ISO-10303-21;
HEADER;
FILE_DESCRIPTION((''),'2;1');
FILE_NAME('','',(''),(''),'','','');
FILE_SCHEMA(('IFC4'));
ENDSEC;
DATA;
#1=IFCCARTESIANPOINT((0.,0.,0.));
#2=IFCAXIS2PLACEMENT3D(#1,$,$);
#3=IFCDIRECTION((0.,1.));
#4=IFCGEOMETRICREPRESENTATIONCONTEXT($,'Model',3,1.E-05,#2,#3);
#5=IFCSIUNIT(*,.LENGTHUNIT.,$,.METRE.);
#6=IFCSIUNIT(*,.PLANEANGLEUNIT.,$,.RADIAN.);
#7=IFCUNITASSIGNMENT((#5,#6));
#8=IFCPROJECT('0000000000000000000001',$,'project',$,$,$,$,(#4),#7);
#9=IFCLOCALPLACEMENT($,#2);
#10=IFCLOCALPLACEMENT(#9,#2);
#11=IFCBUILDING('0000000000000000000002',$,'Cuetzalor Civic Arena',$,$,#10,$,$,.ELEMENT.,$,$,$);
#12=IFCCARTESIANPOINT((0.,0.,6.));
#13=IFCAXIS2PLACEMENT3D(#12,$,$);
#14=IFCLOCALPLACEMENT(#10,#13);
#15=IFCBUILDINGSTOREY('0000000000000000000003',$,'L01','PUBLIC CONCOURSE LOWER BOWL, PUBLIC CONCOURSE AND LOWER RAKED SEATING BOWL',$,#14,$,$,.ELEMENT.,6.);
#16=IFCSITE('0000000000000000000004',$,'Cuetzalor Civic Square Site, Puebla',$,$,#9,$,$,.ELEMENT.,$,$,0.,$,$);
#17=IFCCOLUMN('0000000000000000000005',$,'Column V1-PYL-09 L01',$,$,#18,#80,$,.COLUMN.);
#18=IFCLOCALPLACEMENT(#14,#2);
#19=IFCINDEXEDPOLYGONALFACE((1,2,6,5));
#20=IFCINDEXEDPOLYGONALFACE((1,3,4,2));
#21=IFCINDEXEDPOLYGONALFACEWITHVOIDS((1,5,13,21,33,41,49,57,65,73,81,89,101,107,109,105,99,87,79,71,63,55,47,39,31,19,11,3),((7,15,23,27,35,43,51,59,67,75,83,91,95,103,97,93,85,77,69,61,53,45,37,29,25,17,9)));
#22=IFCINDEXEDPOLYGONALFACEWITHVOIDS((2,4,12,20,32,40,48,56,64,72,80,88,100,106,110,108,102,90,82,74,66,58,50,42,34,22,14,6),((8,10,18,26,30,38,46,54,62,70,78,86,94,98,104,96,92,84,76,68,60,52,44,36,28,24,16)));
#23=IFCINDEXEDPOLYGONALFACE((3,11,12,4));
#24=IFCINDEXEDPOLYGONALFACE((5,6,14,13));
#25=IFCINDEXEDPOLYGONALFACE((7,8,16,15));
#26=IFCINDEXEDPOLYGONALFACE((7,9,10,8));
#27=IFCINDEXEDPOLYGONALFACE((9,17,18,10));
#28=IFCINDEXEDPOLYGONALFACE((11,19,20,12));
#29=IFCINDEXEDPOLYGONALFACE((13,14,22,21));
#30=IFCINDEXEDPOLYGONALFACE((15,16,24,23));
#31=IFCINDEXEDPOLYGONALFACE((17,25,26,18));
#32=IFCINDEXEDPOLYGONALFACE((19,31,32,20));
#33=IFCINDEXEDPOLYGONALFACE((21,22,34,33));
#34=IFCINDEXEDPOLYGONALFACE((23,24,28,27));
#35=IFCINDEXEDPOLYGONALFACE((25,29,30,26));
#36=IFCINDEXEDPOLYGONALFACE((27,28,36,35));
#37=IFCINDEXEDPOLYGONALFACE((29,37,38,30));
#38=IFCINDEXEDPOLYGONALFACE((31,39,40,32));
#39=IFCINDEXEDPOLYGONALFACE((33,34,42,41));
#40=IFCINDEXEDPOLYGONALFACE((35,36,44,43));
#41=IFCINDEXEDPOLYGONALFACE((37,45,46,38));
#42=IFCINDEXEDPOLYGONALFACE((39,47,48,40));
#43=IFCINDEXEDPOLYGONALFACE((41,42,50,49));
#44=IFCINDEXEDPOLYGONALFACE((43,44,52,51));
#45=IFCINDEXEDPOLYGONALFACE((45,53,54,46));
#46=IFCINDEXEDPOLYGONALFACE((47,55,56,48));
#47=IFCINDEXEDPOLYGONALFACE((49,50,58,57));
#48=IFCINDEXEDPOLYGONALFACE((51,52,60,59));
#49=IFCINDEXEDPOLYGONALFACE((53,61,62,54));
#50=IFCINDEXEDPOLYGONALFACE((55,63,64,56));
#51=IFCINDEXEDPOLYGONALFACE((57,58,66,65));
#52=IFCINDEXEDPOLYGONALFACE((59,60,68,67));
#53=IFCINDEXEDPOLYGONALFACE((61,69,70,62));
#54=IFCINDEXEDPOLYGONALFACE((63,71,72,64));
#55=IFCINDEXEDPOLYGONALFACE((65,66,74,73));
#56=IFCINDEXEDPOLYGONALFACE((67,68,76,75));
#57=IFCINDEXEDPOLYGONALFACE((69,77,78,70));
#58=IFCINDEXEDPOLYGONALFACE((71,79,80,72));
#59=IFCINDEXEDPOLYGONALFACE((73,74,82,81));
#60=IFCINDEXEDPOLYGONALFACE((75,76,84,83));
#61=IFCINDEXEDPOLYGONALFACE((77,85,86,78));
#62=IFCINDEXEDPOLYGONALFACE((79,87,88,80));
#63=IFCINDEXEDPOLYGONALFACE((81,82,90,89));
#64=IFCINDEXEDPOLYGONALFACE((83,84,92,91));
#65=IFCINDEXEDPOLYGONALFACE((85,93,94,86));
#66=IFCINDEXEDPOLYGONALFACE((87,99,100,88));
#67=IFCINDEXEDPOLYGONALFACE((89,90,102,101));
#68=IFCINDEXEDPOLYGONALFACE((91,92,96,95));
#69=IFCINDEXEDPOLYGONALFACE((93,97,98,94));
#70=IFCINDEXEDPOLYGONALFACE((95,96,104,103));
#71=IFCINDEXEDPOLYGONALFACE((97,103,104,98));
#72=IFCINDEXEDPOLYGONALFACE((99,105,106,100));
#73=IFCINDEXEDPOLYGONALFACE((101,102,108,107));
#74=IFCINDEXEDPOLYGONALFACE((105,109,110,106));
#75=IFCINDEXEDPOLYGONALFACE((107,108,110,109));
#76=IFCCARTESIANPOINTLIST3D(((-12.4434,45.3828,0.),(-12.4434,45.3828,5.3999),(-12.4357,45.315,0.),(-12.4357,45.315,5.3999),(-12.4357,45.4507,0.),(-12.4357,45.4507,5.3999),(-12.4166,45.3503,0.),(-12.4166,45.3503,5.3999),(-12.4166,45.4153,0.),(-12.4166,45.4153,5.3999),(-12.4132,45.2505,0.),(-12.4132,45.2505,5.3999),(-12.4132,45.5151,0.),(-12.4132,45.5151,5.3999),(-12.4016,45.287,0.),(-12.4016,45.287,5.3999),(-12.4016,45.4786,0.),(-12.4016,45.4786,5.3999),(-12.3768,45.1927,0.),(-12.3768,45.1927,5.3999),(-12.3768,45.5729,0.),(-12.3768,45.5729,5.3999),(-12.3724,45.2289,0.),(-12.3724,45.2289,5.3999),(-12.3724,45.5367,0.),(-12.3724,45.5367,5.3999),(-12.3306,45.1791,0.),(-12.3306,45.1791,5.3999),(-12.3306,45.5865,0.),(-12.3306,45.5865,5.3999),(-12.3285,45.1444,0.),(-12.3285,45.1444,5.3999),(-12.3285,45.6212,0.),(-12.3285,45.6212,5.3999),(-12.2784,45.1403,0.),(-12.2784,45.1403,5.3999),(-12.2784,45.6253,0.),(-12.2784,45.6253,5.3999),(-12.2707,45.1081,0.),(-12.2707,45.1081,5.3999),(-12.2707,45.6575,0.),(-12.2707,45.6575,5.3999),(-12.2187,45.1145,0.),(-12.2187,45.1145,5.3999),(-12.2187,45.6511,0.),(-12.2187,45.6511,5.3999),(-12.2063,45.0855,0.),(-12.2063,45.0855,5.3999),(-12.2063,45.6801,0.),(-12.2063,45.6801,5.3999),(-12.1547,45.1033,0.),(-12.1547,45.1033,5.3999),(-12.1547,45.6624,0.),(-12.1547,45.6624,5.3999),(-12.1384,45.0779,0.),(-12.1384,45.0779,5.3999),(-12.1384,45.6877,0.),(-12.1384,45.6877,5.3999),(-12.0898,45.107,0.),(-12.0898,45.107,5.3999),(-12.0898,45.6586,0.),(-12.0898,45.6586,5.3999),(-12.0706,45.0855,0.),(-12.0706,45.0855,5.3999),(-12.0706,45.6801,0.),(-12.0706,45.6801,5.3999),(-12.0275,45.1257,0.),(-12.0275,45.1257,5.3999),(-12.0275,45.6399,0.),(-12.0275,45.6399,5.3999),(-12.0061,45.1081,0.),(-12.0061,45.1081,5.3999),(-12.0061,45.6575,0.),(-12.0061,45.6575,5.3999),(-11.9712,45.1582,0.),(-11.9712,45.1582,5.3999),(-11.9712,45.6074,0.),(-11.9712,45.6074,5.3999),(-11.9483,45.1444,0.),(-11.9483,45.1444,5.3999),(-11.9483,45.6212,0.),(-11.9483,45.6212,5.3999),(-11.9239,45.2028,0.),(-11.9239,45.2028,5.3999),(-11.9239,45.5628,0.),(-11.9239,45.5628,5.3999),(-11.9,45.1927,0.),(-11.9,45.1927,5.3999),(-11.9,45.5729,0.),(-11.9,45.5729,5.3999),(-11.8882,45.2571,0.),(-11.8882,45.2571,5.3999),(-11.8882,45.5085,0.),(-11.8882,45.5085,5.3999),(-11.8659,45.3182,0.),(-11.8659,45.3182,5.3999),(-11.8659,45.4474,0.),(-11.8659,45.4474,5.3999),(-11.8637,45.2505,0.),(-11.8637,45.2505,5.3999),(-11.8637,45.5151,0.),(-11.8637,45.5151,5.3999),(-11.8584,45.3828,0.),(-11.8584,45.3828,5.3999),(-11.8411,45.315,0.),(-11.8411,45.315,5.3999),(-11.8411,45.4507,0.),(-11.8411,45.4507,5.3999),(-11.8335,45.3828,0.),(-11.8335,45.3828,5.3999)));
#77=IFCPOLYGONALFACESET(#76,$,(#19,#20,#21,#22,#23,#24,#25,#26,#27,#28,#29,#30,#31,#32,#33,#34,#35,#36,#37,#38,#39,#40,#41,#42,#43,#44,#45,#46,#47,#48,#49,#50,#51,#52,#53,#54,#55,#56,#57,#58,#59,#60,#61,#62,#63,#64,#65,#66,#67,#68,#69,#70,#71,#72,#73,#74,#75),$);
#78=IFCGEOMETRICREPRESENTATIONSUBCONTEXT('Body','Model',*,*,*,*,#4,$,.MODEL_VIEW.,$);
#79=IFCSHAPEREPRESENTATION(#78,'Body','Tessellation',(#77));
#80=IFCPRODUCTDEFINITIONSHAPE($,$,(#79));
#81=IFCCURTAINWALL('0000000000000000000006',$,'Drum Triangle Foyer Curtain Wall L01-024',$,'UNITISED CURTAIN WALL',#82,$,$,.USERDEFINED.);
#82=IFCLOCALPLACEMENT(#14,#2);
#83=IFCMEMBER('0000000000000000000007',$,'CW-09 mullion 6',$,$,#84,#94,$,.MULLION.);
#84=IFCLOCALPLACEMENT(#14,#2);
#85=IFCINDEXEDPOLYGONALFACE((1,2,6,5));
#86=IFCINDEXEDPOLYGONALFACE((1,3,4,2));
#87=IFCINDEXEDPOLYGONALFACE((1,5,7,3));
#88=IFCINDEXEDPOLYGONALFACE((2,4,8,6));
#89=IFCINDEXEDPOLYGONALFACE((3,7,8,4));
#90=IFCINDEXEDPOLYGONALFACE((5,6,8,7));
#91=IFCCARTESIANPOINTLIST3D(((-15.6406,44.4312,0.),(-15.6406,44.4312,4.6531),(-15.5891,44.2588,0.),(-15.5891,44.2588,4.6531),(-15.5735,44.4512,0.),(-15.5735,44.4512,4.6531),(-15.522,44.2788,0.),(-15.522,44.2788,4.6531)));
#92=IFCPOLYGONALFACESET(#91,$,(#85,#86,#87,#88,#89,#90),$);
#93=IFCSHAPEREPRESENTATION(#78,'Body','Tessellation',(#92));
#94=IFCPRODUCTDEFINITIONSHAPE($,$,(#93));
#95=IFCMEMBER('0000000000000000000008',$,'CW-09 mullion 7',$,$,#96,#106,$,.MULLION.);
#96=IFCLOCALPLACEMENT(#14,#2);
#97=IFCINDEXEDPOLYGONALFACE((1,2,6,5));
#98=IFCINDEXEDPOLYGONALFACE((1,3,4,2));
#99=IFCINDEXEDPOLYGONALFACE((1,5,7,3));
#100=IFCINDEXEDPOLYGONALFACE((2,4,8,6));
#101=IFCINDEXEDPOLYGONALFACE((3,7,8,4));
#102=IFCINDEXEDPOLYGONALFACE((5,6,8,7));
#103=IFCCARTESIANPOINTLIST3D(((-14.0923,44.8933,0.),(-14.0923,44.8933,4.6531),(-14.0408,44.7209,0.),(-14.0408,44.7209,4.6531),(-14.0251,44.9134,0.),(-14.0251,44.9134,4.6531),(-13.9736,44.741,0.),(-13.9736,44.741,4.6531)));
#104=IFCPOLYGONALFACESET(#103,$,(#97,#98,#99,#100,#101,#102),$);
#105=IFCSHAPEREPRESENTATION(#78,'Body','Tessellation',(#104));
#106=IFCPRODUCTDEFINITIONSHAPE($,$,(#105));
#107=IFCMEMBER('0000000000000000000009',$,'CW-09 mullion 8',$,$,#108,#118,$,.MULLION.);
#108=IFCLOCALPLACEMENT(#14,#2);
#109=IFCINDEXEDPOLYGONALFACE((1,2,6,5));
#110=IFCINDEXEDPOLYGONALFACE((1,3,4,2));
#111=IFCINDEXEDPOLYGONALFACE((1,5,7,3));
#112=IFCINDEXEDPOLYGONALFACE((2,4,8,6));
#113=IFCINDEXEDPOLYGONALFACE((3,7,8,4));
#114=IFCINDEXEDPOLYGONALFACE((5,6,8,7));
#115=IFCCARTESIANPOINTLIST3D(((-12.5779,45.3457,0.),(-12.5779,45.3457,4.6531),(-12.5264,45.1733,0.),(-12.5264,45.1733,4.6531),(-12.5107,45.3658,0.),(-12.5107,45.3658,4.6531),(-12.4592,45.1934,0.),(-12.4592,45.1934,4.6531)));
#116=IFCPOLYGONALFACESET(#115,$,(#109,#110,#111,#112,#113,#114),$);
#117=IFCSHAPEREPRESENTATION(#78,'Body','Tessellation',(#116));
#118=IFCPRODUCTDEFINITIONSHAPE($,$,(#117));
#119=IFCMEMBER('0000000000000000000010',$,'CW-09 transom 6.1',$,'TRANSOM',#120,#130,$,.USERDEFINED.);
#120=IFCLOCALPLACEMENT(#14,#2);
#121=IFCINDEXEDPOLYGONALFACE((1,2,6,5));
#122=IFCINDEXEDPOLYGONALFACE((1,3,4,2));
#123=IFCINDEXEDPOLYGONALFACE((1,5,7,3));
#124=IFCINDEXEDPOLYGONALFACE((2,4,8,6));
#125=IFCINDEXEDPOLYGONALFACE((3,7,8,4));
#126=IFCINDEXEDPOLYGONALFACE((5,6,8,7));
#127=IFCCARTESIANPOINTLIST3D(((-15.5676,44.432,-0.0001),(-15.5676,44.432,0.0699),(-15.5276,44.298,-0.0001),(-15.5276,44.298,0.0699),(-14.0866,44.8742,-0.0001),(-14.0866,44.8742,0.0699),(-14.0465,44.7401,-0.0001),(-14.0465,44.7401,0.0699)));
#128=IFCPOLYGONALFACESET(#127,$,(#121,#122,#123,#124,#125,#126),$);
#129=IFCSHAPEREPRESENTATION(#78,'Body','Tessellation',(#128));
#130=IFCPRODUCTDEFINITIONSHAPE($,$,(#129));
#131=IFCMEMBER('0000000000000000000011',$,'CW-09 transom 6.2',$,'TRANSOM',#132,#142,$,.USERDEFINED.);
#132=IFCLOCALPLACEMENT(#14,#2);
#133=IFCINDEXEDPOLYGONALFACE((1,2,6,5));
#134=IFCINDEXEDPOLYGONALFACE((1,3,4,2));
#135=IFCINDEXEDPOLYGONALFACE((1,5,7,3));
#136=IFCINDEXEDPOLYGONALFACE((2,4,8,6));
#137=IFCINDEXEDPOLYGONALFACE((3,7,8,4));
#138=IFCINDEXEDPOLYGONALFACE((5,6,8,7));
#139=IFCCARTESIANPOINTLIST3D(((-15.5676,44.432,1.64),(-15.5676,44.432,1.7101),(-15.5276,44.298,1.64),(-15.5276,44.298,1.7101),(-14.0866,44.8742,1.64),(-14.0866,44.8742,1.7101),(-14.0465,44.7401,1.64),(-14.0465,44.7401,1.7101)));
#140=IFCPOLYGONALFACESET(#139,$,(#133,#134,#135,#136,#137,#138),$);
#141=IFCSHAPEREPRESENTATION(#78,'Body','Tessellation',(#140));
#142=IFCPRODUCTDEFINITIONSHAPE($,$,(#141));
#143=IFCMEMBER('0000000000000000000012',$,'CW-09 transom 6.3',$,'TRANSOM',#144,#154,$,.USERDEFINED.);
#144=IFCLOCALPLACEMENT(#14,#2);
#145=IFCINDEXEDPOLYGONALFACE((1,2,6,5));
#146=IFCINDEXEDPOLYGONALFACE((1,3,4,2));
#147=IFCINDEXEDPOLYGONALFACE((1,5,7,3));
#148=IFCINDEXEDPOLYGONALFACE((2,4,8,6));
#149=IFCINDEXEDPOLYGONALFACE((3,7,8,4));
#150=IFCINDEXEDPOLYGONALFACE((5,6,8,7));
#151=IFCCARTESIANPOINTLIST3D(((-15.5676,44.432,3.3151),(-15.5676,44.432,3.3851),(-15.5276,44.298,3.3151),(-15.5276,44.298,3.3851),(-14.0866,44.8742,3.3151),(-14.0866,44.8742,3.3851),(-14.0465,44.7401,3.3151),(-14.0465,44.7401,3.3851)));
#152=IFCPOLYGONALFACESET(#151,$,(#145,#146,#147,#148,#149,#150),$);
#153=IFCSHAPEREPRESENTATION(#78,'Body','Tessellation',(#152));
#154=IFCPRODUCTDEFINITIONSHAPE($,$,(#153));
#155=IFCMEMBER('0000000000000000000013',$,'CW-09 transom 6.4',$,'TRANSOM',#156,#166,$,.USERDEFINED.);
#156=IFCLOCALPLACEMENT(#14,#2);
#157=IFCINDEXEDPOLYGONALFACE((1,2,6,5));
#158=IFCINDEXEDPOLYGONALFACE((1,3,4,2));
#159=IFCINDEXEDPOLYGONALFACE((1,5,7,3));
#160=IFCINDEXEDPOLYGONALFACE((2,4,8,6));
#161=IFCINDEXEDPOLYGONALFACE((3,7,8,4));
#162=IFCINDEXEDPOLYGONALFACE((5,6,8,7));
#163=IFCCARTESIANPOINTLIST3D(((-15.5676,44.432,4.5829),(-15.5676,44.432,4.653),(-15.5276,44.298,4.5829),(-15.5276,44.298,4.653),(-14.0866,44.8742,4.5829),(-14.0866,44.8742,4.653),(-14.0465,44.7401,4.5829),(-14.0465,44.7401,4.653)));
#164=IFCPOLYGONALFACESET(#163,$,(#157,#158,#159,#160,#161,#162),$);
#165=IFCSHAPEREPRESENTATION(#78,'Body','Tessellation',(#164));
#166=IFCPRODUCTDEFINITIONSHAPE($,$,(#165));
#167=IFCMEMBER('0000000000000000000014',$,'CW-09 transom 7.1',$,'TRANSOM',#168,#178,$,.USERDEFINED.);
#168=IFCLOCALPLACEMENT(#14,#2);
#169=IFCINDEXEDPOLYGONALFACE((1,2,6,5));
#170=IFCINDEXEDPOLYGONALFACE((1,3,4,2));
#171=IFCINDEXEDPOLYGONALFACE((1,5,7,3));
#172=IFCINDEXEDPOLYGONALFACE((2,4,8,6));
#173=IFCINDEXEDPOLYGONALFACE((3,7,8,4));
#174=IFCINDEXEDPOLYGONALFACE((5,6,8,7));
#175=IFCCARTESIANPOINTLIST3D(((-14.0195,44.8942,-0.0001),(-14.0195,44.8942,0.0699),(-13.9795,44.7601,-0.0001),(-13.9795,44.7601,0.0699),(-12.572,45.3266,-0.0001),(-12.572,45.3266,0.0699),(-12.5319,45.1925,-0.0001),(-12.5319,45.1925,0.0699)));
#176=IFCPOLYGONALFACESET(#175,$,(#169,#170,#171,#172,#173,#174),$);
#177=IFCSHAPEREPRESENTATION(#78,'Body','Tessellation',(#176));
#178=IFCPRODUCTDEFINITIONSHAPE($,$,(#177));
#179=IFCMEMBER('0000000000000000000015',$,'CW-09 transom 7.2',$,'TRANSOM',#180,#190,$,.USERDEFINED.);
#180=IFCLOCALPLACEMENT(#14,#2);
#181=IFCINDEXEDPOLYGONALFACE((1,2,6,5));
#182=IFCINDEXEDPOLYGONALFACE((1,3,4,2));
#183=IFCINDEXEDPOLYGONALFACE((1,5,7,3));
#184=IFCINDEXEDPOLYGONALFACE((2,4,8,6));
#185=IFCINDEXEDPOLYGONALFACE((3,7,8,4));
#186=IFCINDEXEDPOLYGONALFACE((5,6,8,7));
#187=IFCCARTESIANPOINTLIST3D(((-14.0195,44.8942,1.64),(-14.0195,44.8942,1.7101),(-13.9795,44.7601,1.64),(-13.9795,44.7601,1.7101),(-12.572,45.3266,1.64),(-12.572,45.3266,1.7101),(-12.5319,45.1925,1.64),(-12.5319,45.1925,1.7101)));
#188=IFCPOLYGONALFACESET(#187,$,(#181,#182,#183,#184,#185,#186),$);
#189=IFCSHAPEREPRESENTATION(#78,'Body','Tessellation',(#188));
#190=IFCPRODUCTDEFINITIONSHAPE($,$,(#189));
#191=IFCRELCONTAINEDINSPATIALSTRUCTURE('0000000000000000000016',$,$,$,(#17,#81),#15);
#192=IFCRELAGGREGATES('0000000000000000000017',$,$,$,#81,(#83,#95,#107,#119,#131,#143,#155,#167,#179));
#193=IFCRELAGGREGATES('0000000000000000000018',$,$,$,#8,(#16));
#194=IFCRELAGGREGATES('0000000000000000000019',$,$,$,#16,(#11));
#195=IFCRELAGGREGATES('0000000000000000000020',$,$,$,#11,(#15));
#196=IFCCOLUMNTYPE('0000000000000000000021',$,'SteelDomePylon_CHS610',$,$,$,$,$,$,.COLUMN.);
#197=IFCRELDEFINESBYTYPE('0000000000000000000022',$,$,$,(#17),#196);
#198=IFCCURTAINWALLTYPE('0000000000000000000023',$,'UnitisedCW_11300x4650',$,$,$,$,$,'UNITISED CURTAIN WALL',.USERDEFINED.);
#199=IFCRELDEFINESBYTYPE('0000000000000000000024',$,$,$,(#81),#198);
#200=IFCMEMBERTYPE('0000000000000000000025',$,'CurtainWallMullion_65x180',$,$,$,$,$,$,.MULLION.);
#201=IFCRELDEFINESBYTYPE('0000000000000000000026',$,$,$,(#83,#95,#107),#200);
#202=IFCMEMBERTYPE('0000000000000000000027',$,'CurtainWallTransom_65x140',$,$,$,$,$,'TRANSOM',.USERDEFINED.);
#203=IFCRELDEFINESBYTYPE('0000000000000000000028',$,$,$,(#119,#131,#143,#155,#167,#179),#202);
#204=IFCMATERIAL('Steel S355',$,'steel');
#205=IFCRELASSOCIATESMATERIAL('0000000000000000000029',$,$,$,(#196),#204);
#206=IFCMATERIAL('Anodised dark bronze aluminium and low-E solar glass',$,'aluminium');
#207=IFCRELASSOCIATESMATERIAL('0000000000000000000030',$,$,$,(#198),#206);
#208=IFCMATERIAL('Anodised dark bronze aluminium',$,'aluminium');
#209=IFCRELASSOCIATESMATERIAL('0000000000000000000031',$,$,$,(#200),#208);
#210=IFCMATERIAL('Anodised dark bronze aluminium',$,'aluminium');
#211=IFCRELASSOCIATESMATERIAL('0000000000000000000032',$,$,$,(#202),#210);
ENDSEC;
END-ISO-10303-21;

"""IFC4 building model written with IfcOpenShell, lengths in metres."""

from ifc_helpers import new_model, si_unit, direction, frame, origin, origin_2d, place, context, subcontext, project, spatial, rectangle, hollow_circle, extrude, material, material_profile, profile_set, type_object, element, aggregate, save


model = new_model("IFC4")

# Units and contexts
model_context = context("Model", 3, precision=1e-05, world=origin(), true_north=direction((0.0, 1.0)))
body_context = subcontext(model_context, "Body", "Model", "MODEL_VIEW")
ifc_project = project(units=[si_unit("LENGTHUNIT", "METRE"), si_unit("PLANEANGLEUNIT", "RADIAN")], contexts=[model_context])

# Site, building, storey
site_placement = place(None, origin())
site = spatial("IfcSite", under=ifc_project, at=site_placement, Name="Cuetzalor Civic Square Site, Puebla", CompositionType="ELEMENT", RefElevation=0.0)
building_placement = place(site_placement, origin())
building = spatial("IfcBuilding", under=site, at=building_placement, Name="Cuetzalor Civic Arena", CompositionType="ELEMENT")
storey_placement = place(building_placement, frame((0.0, 0.0, 6.0)))
storey = spatial("IfcBuildingStorey", under=building, at=storey_placement, Name="L01", Description="PUBLIC CONCOURSE LOWER BOWL, PUBLIC CONCOURSE AND LOWER RAKED SEATING BOWL", CompositionType="ELEMENT", Elevation=6.0)

# Column
ifc_material_1 = material(Name="Steel S355", Category="steel")
ifc_material_profile_1 = material_profile(ifc_material_1, hollow_circle(Radius=0.3049, WallThickness=0.0249, at=origin_2d()), Name="CHS 610x25")
ifc_profile_set_1 = profile_set([ifc_material_profile_1], Name="Steel S355")
column_type = type_object("IfcColumnType", Name="SteelDomePylon_CHS610", PredefinedType="COLUMN", material=ifc_profile_set_1)
column_placement = place(storey_placement, frame((-12.1384, 45.3828, 0.0), z_axis=(0.0, 0.0, 1.0), x_axis=(1.0, 0.0, 0.0)))
element("IfcColumn", 1, at=column_placement, inside=storey, type_object=column_type, Name="Column V1-PYL-09 L01", PredefinedType="COLUMN", context=body_context, shape_type="SweptSolid", body=[
    extrude(hollow_circle(Radius=0.3049, WallThickness=0.0249, at=origin_2d()), origin(), (0.0, 0.0, 1.0), 5.3999),
])

# Curtain wall, members
ifc_material_2 = material(Name="Anodised dark bronze aluminium and low-E solar glass", Category="aluminium")
curtain_wall_type = type_object("IfcCurtainWallType", Name="UnitisedCW_11300x4650", ElementType="UNITISED CURTAIN WALL", PredefinedType="USERDEFINED", material=ifc_material_2)
curtain_wall_placement = place(storey_placement, origin())
curtain_wall = element("IfcCurtainWall", 2, at=curtain_wall_placement, inside=storey, type_object=curtain_wall_type, Name="Drum Triangle Foyer Curtain Wall L01-024", ObjectType="UNITISED CURTAIN WALL", PredefinedType="USERDEFINED")
ifc_material_3 = material(Name="Anodised dark bronze aluminium", Category="aluminium")
ifc_material_profile_2 = material_profile(ifc_material_3, rectangle(XDim=0.0701, YDim=0.1799, at=origin_2d()), Name="ALU MULLION 70x180")
ifc_profile_set_2 = profile_set([ifc_material_profile_2], Name="Anodised dark bronze aluminium")
member_type_1 = type_object("IfcMemberType", Name="CurtainWallMullion_65x180", PredefinedType="MULLION", material=ifc_profile_set_2)
member_1_placement = place(storey_placement, frame((-15.5813, 44.355, 0.0), z_axis=(0.0, 0.0, 1.0), x_axis=(0.958194, 0.28612, 0.0)))
member_1 = element("IfcMember", 3, at=member_1_placement, type_object=member_type_1, Name="CW-09 mullion 6", PredefinedType="MULLION", context=body_context, shape_type="SweptSolid", body=[
    extrude(rectangle(XDim=0.0701, YDim=0.1799, at=origin_2d()), origin(), (0.0, 0.0, 1.0), 4.6531),
])
member_2_placement = place(storey_placement, frame((-14.033, 44.8171, 0.0), z_axis=(0.0, 0.0, 1.0), x_axis=(0.958194, 0.28612, 0.0)))
member_2 = element("IfcMember", 4, at=member_2_placement, type_object=member_type_1, Name="CW-09 mullion 7", PredefinedType="MULLION", context=body_context, shape_type="SweptSolid", body=[
    extrude(rectangle(XDim=0.0701, YDim=0.1799, at=origin_2d()), origin(), (0.0, 0.0, 1.0), 4.6531),
])
member_3_placement = place(storey_placement, frame((-12.5186, 45.2695, 0.0), z_axis=(0.0, 0.0, 1.0), x_axis=(0.958194, 0.28612, 0.0)))
member_3 = element("IfcMember", 5, at=member_3_placement, type_object=member_type_1, Name="CW-09 mullion 8", PredefinedType="MULLION", context=body_context, shape_type="SweptSolid", body=[
    extrude(rectangle(XDim=0.0701, YDim=0.1799, at=origin_2d()), origin(), (0.0, 0.0, 1.0), 4.6531),
])
ifc_material_4 = material(Name="Anodised dark bronze aluminium", Category="aluminium")
ifc_material_profile_3 = material_profile(ifc_material_4, rectangle(XDim=0.1399, YDim=0.0701, at=origin_2d()), Name="ALU TRANSOM 70x140")
ifc_profile_set_3 = profile_set([ifc_material_profile_3], Name="Anodised dark bronze aluminium")
member_type_2 = type_object("IfcMemberType", Name="CurtainWallTransom_65x140", ElementType="TRANSOM", PredefinedType="USERDEFINED", material=ifc_profile_set_3)
member_4_placement = place(storey_placement, frame((-15.5476, 44.365, 0.0349), z_axis=(0.958208, 0.286072, 0.0), x_axis=(-0.286072, 0.958208, 0.0)))
member_4 = element("IfcMember", 6, at=member_4_placement, type_object=member_type_2, Name="CW-09 transom 6.1", ObjectType="TRANSOM", PredefinedType="USERDEFINED", context=body_context, shape_type="SweptSolid", body=[
    extrude(rectangle(XDim=0.1399, YDim=0.0701, at=origin_2d()), origin(), (0.0, 0.0, 1.0), 1.5457),
])
member_5_placement = place(storey_placement, frame((-15.5476, 44.365, 1.675), z_axis=(0.958208, 0.286072, 0.0), x_axis=(-0.286072, 0.958208, 0.0)))
member_5 = element("IfcMember", 7, at=member_5_placement, type_object=member_type_2, Name="CW-09 transom 6.2", ObjectType="TRANSOM", PredefinedType="USERDEFINED", context=body_context, shape_type="SweptSolid", body=[
    extrude(rectangle(XDim=0.1399, YDim=0.0701, at=origin_2d()), origin(), (0.0, 0.0, 1.0), 1.5457),
])
member_6_placement = place(storey_placement, frame((-15.5476, 44.365, 3.3501), z_axis=(0.958208, 0.286072, 0.0), x_axis=(-0.286072, 0.958208, 0.0)))
member_6 = element("IfcMember", 8, at=member_6_placement, type_object=member_type_2, Name="CW-09 transom 6.3", ObjectType="TRANSOM", PredefinedType="USERDEFINED", context=body_context, shape_type="SweptSolid", body=[
    extrude(rectangle(XDim=0.1399, YDim=0.0701, at=origin_2d()), origin(), (0.0, 0.0, 1.0), 1.5457),
])
member_7_placement = place(storey_placement, frame((-15.5476, 44.365, 4.6179), z_axis=(0.958208, 0.286072, 0.0), x_axis=(-0.286072, 0.958208, 0.0)))
member_7 = element("IfcMember", 9, at=member_7_placement, type_object=member_type_2, Name="CW-09 transom 6.4", ObjectType="TRANSOM", PredefinedType="USERDEFINED", context=body_context, shape_type="SweptSolid", body=[
    extrude(rectangle(XDim=0.1399, YDim=0.0701, at=origin_2d()), origin(), (0.0, 0.0, 1.0), 1.5457),
])
member_8_placement = place(storey_placement, frame((-13.9995, 44.8271, 0.0349), z_axis=(0.958168, 0.286206, 0.0), x_axis=(-0.286206, 0.958168, 0.0)))
member_8 = element("IfcMember", 10, at=member_8_placement, type_object=member_type_2, Name="CW-09 transom 7.1", ObjectType="TRANSOM", PredefinedType="USERDEFINED", context=body_context, shape_type="SweptSolid", body=[
    extrude(rectangle(XDim=0.1399, YDim=0.0701, at=origin_2d()), origin(), (0.0, 0.0, 1.0), 1.5107),
])
member_9_placement = place(storey_placement, frame((-13.9995, 44.8271, 1.675), z_axis=(0.958168, 0.286206, 0.0), x_axis=(-0.286206, 0.958168, 0.0)))
member_9 = element("IfcMember", 11, at=member_9_placement, type_object=member_type_2, Name="CW-09 transom 7.2", ObjectType="TRANSOM", PredefinedType="USERDEFINED", context=body_context, shape_type="SweptSolid", body=[
    extrude(rectangle(XDim=0.1399, YDim=0.0701, at=origin_2d()), origin(), (0.0, 0.0, 1.0), 1.5107),
])

aggregate(curtain_wall, [member_1, member_2, member_3, member_4, member_5, member_6, member_7, member_8, member_9])

save(model, "model.ifc")
